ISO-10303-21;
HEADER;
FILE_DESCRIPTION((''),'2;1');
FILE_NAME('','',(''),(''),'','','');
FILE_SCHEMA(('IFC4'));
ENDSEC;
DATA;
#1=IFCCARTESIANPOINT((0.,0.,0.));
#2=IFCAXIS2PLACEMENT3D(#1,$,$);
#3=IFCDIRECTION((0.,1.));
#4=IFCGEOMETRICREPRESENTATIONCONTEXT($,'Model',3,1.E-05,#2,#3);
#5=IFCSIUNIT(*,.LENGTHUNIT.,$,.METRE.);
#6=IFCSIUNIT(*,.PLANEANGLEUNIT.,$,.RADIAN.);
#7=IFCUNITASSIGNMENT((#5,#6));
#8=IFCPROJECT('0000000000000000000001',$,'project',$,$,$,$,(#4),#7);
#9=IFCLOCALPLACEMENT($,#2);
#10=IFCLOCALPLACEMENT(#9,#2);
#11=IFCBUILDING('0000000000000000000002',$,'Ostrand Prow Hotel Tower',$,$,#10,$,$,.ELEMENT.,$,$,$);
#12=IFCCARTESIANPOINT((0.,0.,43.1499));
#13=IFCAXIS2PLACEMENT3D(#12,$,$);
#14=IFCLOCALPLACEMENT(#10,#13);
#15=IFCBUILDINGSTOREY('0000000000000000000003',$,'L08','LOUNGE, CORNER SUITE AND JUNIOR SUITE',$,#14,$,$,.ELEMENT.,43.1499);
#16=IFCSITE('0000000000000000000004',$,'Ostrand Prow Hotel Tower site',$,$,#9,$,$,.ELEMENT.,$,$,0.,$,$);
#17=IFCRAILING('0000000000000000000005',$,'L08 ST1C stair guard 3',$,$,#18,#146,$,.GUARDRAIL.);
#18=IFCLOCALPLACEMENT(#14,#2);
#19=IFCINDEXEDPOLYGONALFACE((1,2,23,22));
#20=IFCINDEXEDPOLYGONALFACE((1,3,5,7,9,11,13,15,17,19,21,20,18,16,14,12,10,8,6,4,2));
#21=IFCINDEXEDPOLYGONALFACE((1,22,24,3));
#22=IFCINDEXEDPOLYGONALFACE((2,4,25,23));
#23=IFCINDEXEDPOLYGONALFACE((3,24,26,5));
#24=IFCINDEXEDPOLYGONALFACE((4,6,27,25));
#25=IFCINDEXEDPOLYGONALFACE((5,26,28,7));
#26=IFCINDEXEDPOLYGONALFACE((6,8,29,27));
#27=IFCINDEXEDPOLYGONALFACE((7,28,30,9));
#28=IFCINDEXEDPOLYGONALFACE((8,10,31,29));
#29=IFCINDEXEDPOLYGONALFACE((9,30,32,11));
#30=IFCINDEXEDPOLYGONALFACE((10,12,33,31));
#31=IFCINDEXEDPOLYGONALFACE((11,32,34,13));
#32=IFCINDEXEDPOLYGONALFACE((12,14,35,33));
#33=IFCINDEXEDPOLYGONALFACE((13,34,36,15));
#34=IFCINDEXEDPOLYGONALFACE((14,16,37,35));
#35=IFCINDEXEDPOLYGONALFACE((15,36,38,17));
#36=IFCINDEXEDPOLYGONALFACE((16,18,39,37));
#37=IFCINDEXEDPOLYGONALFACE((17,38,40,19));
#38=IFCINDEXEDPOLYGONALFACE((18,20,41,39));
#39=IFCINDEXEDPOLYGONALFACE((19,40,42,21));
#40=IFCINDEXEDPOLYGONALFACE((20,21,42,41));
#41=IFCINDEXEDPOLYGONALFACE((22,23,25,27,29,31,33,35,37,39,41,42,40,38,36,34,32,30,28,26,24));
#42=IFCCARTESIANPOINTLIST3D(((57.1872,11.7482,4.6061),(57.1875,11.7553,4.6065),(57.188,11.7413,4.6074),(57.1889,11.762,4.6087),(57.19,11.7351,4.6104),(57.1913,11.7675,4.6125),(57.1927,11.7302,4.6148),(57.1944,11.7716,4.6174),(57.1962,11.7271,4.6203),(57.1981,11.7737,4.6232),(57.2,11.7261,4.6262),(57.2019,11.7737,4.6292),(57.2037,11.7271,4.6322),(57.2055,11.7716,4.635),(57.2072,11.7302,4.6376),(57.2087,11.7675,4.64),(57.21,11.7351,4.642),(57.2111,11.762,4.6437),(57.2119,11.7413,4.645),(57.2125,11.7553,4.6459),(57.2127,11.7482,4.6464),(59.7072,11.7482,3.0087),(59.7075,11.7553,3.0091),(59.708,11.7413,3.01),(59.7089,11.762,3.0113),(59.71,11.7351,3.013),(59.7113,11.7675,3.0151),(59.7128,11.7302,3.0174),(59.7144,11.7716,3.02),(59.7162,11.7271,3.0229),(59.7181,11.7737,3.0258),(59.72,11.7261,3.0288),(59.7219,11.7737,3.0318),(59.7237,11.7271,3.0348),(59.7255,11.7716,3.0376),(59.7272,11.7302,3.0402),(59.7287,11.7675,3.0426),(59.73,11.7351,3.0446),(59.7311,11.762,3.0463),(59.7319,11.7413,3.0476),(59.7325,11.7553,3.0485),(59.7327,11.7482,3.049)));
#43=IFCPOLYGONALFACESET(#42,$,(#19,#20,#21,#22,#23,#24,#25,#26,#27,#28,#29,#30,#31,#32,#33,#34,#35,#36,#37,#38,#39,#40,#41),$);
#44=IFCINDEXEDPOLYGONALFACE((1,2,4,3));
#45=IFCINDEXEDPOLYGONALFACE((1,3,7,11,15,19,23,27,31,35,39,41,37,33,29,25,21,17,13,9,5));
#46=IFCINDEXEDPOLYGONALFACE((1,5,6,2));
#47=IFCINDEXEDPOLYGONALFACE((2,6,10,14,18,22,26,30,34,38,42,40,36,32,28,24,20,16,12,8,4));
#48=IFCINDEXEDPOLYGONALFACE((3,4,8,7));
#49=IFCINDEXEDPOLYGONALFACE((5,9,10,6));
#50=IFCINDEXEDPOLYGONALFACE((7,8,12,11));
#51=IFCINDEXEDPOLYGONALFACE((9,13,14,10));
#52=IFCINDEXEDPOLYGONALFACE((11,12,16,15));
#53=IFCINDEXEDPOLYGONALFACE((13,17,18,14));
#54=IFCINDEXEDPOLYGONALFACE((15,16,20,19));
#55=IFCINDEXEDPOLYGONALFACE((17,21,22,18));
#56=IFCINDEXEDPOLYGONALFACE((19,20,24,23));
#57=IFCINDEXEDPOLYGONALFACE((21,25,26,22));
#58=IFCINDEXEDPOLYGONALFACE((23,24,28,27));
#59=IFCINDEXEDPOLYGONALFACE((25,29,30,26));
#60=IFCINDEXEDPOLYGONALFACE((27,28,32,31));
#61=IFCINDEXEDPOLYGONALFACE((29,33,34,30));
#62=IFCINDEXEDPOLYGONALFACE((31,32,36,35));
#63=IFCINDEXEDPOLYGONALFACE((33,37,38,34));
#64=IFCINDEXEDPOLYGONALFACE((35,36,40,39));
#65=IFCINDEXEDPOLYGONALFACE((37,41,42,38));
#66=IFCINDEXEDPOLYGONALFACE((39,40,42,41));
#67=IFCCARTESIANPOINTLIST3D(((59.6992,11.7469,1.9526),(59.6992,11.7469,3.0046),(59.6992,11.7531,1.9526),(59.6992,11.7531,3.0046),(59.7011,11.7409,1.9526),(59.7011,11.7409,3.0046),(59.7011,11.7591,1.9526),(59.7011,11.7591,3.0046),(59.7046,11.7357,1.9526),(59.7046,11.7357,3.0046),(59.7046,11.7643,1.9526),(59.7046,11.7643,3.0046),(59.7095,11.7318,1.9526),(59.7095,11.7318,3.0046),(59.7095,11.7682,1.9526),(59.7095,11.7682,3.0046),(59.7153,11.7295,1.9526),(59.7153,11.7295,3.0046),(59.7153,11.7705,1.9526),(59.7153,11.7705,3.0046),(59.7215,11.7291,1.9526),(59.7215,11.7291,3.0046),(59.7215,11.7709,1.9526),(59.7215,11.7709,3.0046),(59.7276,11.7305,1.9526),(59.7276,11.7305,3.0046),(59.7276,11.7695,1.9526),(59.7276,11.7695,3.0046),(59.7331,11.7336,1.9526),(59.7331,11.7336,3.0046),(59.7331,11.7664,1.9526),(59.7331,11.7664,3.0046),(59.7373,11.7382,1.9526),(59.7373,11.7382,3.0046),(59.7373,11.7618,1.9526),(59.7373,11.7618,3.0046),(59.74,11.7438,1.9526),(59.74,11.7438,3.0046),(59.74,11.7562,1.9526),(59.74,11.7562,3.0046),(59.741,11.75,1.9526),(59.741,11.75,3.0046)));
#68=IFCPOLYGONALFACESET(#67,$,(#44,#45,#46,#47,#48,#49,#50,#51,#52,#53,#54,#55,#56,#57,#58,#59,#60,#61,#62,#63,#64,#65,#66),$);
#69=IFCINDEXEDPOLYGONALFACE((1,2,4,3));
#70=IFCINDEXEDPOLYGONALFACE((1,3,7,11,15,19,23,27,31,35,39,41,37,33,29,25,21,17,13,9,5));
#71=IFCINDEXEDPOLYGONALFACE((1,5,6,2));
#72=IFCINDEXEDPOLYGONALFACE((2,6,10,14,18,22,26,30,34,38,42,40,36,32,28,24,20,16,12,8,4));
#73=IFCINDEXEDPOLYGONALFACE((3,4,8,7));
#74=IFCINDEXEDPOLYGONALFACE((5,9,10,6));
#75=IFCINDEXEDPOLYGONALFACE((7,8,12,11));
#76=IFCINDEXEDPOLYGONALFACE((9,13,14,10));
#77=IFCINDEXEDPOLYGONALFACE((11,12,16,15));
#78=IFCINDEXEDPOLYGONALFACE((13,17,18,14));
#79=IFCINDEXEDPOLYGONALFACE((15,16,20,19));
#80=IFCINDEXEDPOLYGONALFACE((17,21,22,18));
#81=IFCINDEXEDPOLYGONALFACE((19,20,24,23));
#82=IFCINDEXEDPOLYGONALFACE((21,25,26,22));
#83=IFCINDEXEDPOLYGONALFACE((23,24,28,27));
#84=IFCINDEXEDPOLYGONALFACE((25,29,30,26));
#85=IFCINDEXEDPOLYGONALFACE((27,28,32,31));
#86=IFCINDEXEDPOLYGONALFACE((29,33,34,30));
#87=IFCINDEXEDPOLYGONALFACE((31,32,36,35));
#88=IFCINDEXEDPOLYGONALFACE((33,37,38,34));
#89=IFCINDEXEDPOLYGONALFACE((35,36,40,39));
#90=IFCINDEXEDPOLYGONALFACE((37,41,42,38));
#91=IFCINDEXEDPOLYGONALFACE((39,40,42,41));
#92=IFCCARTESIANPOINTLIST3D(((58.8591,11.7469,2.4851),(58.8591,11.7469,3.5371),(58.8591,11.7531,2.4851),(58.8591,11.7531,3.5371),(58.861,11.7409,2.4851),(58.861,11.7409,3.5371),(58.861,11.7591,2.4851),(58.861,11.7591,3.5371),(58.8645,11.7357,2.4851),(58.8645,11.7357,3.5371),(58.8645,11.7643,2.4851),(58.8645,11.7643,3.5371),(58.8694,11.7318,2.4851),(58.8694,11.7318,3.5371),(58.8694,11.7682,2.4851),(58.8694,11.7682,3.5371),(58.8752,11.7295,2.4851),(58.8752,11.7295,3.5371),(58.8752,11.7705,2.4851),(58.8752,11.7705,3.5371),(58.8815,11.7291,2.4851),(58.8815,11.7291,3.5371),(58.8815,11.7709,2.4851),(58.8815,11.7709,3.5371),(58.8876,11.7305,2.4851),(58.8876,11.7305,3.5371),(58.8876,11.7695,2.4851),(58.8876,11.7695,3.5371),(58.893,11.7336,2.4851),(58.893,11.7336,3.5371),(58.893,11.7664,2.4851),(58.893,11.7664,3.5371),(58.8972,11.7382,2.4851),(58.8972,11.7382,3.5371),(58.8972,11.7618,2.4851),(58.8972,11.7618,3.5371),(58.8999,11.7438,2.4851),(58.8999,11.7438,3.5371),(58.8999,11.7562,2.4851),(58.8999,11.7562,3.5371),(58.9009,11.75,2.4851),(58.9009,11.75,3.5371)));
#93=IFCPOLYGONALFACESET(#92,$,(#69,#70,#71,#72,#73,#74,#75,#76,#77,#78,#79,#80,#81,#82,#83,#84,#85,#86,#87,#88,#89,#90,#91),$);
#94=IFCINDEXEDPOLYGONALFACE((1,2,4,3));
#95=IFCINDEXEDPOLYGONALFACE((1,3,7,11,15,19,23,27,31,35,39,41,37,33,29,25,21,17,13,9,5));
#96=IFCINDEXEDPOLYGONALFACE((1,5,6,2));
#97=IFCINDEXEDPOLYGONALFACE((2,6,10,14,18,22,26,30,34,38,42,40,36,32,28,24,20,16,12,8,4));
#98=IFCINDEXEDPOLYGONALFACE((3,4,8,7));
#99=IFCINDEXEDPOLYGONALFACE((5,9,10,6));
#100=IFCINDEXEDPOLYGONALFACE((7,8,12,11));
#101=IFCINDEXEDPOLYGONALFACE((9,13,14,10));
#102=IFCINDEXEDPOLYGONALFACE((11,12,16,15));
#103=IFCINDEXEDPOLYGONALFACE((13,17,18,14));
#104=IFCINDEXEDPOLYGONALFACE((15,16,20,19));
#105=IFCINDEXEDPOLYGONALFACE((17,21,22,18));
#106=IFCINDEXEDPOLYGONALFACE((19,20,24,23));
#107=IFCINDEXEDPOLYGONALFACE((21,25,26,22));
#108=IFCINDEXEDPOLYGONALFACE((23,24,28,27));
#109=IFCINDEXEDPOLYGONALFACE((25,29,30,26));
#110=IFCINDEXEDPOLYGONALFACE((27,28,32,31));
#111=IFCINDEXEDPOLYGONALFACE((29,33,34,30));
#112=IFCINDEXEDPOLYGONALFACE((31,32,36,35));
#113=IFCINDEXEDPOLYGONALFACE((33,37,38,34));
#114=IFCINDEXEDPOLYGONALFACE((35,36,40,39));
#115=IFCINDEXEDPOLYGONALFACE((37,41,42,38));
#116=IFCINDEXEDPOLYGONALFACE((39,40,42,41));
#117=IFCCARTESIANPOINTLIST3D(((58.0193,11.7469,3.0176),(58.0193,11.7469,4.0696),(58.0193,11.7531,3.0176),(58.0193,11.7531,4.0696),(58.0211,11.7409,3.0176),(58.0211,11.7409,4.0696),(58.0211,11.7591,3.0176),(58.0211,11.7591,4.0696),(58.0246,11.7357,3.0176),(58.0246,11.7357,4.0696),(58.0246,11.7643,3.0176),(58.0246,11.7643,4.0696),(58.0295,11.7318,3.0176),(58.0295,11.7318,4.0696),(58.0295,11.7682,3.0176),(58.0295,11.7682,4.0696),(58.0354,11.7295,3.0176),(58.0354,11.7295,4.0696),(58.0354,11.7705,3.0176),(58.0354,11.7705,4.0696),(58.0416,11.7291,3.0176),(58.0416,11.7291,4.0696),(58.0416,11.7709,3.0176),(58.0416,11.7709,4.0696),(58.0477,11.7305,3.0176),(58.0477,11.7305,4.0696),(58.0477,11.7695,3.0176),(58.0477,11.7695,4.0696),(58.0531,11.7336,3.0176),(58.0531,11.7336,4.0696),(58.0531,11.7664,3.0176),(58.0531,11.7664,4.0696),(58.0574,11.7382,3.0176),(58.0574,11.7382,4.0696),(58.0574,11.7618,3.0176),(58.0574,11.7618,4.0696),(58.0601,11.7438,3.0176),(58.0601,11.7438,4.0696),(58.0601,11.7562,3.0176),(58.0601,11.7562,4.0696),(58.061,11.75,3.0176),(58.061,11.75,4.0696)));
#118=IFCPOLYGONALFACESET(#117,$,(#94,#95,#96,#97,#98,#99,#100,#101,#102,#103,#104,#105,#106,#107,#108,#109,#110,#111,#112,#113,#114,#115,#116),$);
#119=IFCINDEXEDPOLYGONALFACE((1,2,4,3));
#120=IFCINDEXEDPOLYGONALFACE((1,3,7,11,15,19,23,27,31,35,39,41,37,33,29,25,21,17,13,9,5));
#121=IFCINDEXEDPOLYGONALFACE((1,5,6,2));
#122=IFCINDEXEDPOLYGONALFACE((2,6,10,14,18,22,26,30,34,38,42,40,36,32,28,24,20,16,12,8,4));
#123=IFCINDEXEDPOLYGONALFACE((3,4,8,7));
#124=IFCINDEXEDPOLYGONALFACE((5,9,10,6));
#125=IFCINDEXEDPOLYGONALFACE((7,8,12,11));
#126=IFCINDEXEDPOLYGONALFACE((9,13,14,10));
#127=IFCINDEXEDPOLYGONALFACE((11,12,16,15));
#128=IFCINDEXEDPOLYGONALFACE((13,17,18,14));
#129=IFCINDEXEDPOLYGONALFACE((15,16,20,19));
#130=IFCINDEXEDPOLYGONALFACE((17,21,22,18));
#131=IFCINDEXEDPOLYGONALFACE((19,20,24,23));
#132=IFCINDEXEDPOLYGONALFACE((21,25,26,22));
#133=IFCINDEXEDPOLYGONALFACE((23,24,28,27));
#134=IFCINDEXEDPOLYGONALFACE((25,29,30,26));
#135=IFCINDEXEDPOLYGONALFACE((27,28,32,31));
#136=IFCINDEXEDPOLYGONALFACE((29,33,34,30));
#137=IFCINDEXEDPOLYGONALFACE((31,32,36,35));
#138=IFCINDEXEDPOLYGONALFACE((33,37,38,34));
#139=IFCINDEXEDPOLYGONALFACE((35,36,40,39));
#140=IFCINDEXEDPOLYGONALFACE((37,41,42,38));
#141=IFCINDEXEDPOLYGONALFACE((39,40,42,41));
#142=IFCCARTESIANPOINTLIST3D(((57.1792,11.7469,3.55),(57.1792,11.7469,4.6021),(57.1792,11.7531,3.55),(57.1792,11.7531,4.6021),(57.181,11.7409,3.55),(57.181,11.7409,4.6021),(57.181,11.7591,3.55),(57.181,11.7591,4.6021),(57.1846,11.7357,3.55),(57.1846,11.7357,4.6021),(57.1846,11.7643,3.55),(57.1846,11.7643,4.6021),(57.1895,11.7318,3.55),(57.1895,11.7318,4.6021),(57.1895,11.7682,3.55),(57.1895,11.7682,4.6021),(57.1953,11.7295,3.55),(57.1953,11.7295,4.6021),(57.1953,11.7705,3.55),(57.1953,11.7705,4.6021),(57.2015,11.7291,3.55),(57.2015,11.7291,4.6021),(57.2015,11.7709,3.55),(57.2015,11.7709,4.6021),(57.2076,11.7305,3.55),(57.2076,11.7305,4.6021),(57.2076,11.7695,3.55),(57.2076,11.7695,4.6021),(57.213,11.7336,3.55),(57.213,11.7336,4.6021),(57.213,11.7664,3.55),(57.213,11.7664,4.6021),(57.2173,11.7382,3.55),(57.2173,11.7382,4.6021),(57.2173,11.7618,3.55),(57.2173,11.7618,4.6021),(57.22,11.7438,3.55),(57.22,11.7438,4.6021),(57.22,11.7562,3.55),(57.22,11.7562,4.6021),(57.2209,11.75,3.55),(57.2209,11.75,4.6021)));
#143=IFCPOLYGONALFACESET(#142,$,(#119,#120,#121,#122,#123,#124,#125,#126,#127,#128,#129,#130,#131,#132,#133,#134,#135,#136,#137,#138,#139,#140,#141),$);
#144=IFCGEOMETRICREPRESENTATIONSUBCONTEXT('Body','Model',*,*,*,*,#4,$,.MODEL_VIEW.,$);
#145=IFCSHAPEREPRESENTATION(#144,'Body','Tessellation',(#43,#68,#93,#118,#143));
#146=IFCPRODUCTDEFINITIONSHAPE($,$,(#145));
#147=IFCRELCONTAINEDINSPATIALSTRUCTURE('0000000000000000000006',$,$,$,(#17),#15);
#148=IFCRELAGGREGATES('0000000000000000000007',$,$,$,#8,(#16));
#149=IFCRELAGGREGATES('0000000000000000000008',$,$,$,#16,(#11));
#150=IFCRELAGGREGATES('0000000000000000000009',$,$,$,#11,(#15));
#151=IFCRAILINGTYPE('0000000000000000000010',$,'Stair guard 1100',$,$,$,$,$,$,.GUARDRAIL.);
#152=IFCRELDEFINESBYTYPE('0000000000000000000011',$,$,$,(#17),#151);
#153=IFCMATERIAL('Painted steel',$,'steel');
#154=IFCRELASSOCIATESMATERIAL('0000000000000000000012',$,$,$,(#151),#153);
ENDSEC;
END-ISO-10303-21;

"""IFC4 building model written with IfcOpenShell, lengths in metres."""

from ifc_helpers import new_model, si_unit, direction, frame, origin, origin_2d, place, context, subcontext, project, spatial, circle, extrude, material, type_object, element, save


model = new_model("IFC4")

# Units and contexts
model_context = context("Model", 3, precision=1e-05, world=origin(), true_north=direction((0.0, 1.0)))
body_context = subcontext(model_context, "Body", "Model", "MODEL_VIEW")
ifc_project = project(units=[si_unit("LENGTHUNIT", "METRE"), si_unit("PLANEANGLEUNIT", "RADIAN")], contexts=[model_context])

# Site, building, storey
site_placement = place(None, origin())
site = spatial("IfcSite", under=ifc_project, at=site_placement, Name="Ostrand Prow Hotel Tower site", CompositionType="ELEMENT", RefElevation=0.0)
building_placement = place(site_placement, origin())
building = spatial("IfcBuilding", under=site, at=building_placement, Name="Ostrand Prow Hotel Tower", CompositionType="ELEMENT")
storey_placement = place(building_placement, frame((0.0, 0.0, 43.1499)))
storey = spatial("IfcBuildingStorey", under=building, at=storey_placement, Name="L08", Description="LOUNGE, CORNER SUITE AND JUNIOR SUITE", CompositionType="ELEMENT", Elevation=43.1499)

# Railing
ifc_material_1 = material(Name="Painted steel", Category="steel")
railing_type_1 = type_object("IfcRailingType", Name="Stair guard 1100", PredefinedType="GUARDRAIL", material=ifc_material_1)
railing_1_placement = place(storey_placement, frame((59.72, 11.75, 1.9526)))
element("IfcRailing", 1, at=railing_1_placement, inside=storey, type_object=railing_type_1, Name="L08 ST1C stair guard 3", PredefinedType="GUARDRAIL", context=body_context, shape_type="SweptSolid", body=[
    extrude(circle(Radius=0.0239, at=origin_2d()), frame((0.0, 0.0, 1.0762), z_axis=(-0.844607, 0.0, 0.535387), x_axis=(0.0, -1.0, 0.0)), (0.0, 0.0, 1.0), 2.9836),
    extrude(circle(Radius=0.021, at=origin_2d()), origin(), (0.0, 0.0, 1.0), 1.052),
    extrude(circle(Radius=0.021, at=origin_2d()), frame((-0.8401, 0.0, 0.5325)), (0.0, 0.0, 1.0), 1.052),
    extrude(circle(Radius=0.021, at=origin_2d()), frame((-1.6799, 0.0, 1.0649)), (0.0, 0.0, 1.0), 1.052),
    extrude(circle(Radius=0.021, at=origin_2d()), frame((-2.52, 0.0, 1.5974)), (0.0, 0.0, 1.0), 1.052),
])

save(model, "model.ifc")
